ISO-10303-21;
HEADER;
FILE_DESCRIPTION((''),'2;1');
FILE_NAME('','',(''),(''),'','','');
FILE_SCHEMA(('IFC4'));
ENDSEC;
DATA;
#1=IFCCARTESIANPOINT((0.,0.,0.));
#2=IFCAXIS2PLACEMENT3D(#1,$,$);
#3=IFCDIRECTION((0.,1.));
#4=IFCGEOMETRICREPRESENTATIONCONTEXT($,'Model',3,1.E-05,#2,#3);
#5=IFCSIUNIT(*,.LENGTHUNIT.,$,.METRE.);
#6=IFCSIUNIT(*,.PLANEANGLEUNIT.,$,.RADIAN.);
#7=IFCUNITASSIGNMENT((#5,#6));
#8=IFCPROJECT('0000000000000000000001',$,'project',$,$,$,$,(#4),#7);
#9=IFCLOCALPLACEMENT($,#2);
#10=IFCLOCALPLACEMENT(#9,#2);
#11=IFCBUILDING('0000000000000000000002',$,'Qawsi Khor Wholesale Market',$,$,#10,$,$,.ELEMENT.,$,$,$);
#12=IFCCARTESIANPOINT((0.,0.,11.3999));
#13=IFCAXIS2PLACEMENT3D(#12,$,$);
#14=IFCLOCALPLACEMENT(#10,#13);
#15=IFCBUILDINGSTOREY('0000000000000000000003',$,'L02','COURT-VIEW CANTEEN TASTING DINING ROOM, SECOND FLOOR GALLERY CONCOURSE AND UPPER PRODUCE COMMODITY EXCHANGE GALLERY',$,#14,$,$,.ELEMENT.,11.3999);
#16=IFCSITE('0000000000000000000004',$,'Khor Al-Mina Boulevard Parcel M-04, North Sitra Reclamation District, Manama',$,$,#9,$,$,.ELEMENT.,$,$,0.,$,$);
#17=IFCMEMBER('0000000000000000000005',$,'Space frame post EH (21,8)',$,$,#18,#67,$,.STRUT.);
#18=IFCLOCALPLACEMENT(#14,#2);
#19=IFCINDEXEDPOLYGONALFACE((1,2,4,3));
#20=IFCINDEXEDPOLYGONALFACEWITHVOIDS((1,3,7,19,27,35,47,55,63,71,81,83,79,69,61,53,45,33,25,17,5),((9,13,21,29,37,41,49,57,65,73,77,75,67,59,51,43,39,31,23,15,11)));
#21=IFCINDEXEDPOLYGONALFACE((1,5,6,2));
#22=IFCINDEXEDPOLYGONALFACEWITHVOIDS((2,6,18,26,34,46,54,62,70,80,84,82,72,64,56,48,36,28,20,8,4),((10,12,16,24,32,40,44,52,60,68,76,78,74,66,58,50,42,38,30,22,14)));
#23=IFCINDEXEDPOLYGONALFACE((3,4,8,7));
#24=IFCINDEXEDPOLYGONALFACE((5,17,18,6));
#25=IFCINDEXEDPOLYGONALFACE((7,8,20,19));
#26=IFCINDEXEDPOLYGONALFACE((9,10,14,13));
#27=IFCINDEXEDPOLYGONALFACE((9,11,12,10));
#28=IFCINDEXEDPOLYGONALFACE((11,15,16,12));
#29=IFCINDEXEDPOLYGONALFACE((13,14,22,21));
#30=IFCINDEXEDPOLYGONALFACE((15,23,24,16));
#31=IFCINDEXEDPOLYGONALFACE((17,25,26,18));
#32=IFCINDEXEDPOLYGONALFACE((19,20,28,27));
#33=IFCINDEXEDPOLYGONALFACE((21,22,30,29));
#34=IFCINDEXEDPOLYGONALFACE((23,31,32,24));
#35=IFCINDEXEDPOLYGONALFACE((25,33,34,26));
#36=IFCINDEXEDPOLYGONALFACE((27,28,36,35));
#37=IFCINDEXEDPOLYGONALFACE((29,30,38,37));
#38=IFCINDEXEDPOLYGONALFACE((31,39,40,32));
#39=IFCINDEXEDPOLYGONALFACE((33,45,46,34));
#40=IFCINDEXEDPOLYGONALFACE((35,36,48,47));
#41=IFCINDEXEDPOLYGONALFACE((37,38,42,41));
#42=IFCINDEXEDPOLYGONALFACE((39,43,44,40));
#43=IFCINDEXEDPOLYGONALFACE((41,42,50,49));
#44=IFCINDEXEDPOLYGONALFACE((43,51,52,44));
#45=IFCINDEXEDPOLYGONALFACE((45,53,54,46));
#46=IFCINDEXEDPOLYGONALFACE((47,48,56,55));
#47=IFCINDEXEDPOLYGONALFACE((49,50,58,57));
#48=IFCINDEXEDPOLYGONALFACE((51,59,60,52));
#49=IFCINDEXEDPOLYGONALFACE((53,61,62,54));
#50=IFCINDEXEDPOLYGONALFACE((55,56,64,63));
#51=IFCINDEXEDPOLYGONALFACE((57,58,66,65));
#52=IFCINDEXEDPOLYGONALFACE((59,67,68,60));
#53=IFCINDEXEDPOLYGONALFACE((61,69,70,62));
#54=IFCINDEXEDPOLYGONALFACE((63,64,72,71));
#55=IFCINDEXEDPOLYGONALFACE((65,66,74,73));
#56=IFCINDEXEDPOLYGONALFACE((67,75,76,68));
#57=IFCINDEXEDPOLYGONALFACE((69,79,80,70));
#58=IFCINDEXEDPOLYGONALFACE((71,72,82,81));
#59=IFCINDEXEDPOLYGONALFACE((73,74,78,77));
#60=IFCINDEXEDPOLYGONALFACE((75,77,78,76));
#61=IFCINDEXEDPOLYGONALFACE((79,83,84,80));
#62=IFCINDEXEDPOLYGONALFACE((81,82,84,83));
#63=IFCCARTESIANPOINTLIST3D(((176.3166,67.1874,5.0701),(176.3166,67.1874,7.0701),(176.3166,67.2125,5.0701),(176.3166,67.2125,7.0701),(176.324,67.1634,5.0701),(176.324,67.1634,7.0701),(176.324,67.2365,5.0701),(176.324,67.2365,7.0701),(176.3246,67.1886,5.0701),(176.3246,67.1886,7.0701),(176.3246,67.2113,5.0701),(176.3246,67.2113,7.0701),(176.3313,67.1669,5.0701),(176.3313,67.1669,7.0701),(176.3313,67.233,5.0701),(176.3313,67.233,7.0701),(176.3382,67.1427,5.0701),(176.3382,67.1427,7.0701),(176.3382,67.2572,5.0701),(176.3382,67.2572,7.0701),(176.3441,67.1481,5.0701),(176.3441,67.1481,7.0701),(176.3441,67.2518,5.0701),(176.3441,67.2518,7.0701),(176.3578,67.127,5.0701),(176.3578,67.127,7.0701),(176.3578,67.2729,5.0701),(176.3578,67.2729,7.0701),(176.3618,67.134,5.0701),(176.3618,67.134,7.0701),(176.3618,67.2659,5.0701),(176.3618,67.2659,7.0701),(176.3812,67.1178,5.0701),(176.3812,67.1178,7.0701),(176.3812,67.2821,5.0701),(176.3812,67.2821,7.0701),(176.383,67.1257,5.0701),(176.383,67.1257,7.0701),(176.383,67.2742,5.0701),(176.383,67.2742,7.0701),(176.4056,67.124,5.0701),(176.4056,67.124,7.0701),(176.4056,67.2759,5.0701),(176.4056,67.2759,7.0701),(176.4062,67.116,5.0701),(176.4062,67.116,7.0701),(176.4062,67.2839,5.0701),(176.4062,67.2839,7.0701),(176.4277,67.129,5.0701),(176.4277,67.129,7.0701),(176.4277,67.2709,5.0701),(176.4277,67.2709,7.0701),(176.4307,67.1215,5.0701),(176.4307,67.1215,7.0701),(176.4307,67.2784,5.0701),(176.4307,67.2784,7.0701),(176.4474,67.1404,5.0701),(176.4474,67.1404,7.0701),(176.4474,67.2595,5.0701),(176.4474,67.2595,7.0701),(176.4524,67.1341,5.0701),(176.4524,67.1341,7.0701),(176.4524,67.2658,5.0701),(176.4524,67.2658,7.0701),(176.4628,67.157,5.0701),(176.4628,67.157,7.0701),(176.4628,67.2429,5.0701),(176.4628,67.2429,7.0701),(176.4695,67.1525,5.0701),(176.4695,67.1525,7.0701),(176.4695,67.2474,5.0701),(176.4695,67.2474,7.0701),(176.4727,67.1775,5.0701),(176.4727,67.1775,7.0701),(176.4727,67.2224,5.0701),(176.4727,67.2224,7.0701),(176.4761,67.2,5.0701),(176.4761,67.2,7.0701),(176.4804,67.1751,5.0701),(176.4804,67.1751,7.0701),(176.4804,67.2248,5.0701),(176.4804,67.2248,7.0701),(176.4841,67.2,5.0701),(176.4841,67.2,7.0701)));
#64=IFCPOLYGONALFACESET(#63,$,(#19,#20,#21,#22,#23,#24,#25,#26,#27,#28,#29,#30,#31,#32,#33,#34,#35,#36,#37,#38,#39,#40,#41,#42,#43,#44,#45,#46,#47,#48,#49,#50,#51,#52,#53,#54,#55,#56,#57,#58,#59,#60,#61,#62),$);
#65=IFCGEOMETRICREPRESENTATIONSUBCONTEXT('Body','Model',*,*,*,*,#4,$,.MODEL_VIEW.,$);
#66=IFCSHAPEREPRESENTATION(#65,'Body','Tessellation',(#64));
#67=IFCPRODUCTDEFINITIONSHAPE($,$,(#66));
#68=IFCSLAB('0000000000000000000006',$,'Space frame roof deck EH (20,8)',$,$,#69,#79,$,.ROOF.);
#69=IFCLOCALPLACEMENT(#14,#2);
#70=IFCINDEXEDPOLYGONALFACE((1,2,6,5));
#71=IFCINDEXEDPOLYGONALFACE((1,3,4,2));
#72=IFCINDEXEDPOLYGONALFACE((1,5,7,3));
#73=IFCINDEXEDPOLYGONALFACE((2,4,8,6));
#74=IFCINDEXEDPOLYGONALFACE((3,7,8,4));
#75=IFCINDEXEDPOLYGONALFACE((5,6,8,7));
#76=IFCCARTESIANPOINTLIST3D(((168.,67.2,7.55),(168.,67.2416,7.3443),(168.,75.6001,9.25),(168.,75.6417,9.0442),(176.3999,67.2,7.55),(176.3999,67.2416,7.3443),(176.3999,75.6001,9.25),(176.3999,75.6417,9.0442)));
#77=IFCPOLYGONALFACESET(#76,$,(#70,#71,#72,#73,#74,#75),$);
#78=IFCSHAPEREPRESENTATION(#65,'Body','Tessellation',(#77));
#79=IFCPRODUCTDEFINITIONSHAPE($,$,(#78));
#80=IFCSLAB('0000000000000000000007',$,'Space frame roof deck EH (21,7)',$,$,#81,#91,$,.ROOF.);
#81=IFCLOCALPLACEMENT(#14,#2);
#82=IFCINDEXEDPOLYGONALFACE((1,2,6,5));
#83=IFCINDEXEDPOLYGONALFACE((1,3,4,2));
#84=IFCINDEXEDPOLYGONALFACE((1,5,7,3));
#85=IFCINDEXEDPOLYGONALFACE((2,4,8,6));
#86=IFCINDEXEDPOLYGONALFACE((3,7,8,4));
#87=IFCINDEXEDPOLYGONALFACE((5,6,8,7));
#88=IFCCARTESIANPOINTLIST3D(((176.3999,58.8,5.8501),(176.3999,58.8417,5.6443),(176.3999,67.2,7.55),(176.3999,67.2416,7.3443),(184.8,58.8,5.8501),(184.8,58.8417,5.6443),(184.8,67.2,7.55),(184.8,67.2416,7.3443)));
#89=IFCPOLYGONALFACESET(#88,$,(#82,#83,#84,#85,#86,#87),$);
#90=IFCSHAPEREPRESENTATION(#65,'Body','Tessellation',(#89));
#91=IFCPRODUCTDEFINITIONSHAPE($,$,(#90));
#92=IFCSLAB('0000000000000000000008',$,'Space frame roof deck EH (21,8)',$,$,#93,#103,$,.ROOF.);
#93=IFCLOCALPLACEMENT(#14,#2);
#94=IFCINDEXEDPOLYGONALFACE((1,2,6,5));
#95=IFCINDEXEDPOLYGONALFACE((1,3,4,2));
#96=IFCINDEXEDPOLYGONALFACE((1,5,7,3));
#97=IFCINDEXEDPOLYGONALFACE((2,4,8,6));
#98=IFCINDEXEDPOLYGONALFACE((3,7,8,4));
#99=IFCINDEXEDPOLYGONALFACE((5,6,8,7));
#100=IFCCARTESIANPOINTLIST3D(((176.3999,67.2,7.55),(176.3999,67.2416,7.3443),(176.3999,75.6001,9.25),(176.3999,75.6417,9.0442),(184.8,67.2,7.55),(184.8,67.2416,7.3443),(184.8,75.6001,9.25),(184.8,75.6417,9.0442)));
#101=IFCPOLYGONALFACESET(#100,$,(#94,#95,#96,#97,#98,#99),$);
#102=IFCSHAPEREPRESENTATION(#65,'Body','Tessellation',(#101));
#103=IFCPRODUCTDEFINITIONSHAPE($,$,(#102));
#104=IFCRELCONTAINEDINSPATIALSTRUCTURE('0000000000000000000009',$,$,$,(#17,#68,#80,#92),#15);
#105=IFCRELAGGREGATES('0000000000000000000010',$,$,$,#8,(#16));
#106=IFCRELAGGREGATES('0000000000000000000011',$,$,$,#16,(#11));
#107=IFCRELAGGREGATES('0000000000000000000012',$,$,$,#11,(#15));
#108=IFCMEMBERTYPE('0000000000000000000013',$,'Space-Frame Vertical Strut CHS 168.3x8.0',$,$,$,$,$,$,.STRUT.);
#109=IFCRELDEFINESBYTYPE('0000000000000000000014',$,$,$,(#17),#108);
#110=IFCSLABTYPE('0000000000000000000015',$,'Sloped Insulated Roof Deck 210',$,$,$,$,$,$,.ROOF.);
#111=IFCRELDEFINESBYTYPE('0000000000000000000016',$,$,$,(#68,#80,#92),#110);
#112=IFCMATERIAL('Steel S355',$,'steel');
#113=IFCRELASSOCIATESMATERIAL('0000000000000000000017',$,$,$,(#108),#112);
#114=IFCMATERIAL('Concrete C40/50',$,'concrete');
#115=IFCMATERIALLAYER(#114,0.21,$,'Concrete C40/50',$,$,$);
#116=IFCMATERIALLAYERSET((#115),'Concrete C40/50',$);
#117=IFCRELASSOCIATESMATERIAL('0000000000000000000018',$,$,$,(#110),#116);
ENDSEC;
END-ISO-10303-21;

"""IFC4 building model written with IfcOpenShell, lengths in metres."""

from ifc_helpers import new_model, si_unit, direction, frame, origin, origin_2d, place, context, subcontext, project, spatial, polyline, hollow_circle, outline, extrude, material, layer, layer_set, material_profile, profile_set, type_object, element, save


model = new_model("IFC4")

# Units and contexts
model_context = context("Model", 3, precision=1e-05, world=origin(), true_north=direction((0.0, 1.0)))
body_context = subcontext(model_context, "Body", "Model", "MODEL_VIEW")
ifc_project = project(units=[si_unit("LENGTHUNIT", "METRE"), si_unit("PLANEANGLEUNIT", "RADIAN")], contexts=[model_context])

# Site, building, storey
site_placement = place(None, origin())
site = spatial("IfcSite", under=ifc_project, at=site_placement, Name="Khor Al-Mina Boulevard Parcel M-04, North Sitra Reclamation District, Manama", CompositionType="ELEMENT", RefElevation=0.0)
building_placement = place(site_placement, origin())
building = spatial("IfcBuilding", under=site, at=building_placement, Name="Qawsi Khor Wholesale Market", CompositionType="ELEMENT")
storey_placement = place(building_placement, frame((0.0, 0.0, 11.3999)))
storey = spatial("IfcBuildingStorey", under=building, at=storey_placement, Name="L02", Description="COURT-VIEW CANTEEN TASTING DINING ROOM, SECOND FLOOR GALLERY CONCOURSE AND UPPER PRODUCE COMMODITY EXCHANGE GALLERY", CompositionType="ELEMENT", Elevation=11.3999)

# Member
ifc_material_1 = material(Name="Steel S355", Category="steel")
ifc_material_profile_1 = material_profile(ifc_material_1, hollow_circle(Radius=0.0842, WallThickness=0.0081, at=origin_2d()), Name="CHS 168.3x8.0")
ifc_profile_set_1 = profile_set([ifc_material_profile_1], Name="Steel S355")
member_type_1 = type_object("IfcMemberType", Name="Space-Frame Vertical Strut CHS 168.3x8.0", PredefinedType="STRUT", material=ifc_profile_set_1)
member_1_placement = place(storey_placement, frame((176.3999, 67.2, 5.0701), z_axis=(0.0, 0.0, 1.0), x_axis=(1.0, 0.0, 0.0)))
element("IfcMember", 1, at=member_1_placement, inside=storey, type_object=member_type_1, Name="Space frame post EH (21,8)", PredefinedType="STRUT", context=body_context, shape_type="SweptSolid", body=[
    extrude(hollow_circle(Radius=0.0842, WallThickness=0.0081, at=origin_2d()), origin(), (0.0, 0.0, 1.0), 2.0),
])

# Slabs
ifc_material_2 = material(Name="Concrete C40/50", Category="concrete")
ifc_layer = layer(ifc_material_2, 0.21, Name="Concrete C40/50")
ifc_layer_set = layer_set([ifc_layer], Name="Concrete C40/50")
slab_type = type_object("IfcSlabType", Name="Sloped Insulated Roof Deck 210", PredefinedType="ROOF", material=ifc_layer_set)
slab_1_placement = place(storey_placement, frame((168.0, 67.2, 7.55), z_axis=(0.0, -0.198351, 0.980131), x_axis=(1.0, 0.0, 0.0)))
element("IfcSlab", 2, at=slab_1_placement, inside=storey, type_object=slab_type, Name="Space frame roof deck EH (20,8)", PredefinedType="ROOF", context=body_context, shape_type="SweptSolid", body=[
    extrude(outline(polyline([(0.0, 0.0), (8.3999, 0.0), (8.3999, 8.5704), (0.0, 8.5704), (0.0, 0.0)])), origin(), (0.0, 0.0, -1.0), 0.21),
])
slab_2_placement = place(storey_placement, frame((176.3999, 58.8, 5.8501), z_axis=(0.0, -0.198356, 0.98013), x_axis=(1.0, 0.0, 0.0)))
element("IfcSlab", 3, at=slab_2_placement, inside=storey, type_object=slab_type, Name="Space frame roof deck EH (21,7)", PredefinedType="ROOF", context=body_context, shape_type="SweptSolid", body=[
    extrude(outline(polyline([(0.0, 0.0), (8.4001, 0.0), (8.4001, 8.5702), (0.0, 8.5702), (0.0, 0.0)])), origin(), (0.0, 0.0, -1.0), 0.21),
])
slab_3_placement = place(storey_placement, frame((176.3999, 67.2, 7.55), z_axis=(0.0, -0.198351, 0.980131), x_axis=(1.0, 0.0, 0.0)))
element("IfcSlab", 4, at=slab_3_placement, inside=storey, type_object=slab_type, Name="Space frame roof deck EH (21,8)", PredefinedType="ROOF", context=body_context, shape_type="SweptSolid", body=[
    extrude(outline(polyline([(0.0, 0.0), (8.4001, 0.0), (8.4001, 8.5704), (0.0, 8.5704), (0.0, 0.0)])), origin(), (0.0, 0.0, -1.0), 0.21),
])

save(model, "model.ifc")
